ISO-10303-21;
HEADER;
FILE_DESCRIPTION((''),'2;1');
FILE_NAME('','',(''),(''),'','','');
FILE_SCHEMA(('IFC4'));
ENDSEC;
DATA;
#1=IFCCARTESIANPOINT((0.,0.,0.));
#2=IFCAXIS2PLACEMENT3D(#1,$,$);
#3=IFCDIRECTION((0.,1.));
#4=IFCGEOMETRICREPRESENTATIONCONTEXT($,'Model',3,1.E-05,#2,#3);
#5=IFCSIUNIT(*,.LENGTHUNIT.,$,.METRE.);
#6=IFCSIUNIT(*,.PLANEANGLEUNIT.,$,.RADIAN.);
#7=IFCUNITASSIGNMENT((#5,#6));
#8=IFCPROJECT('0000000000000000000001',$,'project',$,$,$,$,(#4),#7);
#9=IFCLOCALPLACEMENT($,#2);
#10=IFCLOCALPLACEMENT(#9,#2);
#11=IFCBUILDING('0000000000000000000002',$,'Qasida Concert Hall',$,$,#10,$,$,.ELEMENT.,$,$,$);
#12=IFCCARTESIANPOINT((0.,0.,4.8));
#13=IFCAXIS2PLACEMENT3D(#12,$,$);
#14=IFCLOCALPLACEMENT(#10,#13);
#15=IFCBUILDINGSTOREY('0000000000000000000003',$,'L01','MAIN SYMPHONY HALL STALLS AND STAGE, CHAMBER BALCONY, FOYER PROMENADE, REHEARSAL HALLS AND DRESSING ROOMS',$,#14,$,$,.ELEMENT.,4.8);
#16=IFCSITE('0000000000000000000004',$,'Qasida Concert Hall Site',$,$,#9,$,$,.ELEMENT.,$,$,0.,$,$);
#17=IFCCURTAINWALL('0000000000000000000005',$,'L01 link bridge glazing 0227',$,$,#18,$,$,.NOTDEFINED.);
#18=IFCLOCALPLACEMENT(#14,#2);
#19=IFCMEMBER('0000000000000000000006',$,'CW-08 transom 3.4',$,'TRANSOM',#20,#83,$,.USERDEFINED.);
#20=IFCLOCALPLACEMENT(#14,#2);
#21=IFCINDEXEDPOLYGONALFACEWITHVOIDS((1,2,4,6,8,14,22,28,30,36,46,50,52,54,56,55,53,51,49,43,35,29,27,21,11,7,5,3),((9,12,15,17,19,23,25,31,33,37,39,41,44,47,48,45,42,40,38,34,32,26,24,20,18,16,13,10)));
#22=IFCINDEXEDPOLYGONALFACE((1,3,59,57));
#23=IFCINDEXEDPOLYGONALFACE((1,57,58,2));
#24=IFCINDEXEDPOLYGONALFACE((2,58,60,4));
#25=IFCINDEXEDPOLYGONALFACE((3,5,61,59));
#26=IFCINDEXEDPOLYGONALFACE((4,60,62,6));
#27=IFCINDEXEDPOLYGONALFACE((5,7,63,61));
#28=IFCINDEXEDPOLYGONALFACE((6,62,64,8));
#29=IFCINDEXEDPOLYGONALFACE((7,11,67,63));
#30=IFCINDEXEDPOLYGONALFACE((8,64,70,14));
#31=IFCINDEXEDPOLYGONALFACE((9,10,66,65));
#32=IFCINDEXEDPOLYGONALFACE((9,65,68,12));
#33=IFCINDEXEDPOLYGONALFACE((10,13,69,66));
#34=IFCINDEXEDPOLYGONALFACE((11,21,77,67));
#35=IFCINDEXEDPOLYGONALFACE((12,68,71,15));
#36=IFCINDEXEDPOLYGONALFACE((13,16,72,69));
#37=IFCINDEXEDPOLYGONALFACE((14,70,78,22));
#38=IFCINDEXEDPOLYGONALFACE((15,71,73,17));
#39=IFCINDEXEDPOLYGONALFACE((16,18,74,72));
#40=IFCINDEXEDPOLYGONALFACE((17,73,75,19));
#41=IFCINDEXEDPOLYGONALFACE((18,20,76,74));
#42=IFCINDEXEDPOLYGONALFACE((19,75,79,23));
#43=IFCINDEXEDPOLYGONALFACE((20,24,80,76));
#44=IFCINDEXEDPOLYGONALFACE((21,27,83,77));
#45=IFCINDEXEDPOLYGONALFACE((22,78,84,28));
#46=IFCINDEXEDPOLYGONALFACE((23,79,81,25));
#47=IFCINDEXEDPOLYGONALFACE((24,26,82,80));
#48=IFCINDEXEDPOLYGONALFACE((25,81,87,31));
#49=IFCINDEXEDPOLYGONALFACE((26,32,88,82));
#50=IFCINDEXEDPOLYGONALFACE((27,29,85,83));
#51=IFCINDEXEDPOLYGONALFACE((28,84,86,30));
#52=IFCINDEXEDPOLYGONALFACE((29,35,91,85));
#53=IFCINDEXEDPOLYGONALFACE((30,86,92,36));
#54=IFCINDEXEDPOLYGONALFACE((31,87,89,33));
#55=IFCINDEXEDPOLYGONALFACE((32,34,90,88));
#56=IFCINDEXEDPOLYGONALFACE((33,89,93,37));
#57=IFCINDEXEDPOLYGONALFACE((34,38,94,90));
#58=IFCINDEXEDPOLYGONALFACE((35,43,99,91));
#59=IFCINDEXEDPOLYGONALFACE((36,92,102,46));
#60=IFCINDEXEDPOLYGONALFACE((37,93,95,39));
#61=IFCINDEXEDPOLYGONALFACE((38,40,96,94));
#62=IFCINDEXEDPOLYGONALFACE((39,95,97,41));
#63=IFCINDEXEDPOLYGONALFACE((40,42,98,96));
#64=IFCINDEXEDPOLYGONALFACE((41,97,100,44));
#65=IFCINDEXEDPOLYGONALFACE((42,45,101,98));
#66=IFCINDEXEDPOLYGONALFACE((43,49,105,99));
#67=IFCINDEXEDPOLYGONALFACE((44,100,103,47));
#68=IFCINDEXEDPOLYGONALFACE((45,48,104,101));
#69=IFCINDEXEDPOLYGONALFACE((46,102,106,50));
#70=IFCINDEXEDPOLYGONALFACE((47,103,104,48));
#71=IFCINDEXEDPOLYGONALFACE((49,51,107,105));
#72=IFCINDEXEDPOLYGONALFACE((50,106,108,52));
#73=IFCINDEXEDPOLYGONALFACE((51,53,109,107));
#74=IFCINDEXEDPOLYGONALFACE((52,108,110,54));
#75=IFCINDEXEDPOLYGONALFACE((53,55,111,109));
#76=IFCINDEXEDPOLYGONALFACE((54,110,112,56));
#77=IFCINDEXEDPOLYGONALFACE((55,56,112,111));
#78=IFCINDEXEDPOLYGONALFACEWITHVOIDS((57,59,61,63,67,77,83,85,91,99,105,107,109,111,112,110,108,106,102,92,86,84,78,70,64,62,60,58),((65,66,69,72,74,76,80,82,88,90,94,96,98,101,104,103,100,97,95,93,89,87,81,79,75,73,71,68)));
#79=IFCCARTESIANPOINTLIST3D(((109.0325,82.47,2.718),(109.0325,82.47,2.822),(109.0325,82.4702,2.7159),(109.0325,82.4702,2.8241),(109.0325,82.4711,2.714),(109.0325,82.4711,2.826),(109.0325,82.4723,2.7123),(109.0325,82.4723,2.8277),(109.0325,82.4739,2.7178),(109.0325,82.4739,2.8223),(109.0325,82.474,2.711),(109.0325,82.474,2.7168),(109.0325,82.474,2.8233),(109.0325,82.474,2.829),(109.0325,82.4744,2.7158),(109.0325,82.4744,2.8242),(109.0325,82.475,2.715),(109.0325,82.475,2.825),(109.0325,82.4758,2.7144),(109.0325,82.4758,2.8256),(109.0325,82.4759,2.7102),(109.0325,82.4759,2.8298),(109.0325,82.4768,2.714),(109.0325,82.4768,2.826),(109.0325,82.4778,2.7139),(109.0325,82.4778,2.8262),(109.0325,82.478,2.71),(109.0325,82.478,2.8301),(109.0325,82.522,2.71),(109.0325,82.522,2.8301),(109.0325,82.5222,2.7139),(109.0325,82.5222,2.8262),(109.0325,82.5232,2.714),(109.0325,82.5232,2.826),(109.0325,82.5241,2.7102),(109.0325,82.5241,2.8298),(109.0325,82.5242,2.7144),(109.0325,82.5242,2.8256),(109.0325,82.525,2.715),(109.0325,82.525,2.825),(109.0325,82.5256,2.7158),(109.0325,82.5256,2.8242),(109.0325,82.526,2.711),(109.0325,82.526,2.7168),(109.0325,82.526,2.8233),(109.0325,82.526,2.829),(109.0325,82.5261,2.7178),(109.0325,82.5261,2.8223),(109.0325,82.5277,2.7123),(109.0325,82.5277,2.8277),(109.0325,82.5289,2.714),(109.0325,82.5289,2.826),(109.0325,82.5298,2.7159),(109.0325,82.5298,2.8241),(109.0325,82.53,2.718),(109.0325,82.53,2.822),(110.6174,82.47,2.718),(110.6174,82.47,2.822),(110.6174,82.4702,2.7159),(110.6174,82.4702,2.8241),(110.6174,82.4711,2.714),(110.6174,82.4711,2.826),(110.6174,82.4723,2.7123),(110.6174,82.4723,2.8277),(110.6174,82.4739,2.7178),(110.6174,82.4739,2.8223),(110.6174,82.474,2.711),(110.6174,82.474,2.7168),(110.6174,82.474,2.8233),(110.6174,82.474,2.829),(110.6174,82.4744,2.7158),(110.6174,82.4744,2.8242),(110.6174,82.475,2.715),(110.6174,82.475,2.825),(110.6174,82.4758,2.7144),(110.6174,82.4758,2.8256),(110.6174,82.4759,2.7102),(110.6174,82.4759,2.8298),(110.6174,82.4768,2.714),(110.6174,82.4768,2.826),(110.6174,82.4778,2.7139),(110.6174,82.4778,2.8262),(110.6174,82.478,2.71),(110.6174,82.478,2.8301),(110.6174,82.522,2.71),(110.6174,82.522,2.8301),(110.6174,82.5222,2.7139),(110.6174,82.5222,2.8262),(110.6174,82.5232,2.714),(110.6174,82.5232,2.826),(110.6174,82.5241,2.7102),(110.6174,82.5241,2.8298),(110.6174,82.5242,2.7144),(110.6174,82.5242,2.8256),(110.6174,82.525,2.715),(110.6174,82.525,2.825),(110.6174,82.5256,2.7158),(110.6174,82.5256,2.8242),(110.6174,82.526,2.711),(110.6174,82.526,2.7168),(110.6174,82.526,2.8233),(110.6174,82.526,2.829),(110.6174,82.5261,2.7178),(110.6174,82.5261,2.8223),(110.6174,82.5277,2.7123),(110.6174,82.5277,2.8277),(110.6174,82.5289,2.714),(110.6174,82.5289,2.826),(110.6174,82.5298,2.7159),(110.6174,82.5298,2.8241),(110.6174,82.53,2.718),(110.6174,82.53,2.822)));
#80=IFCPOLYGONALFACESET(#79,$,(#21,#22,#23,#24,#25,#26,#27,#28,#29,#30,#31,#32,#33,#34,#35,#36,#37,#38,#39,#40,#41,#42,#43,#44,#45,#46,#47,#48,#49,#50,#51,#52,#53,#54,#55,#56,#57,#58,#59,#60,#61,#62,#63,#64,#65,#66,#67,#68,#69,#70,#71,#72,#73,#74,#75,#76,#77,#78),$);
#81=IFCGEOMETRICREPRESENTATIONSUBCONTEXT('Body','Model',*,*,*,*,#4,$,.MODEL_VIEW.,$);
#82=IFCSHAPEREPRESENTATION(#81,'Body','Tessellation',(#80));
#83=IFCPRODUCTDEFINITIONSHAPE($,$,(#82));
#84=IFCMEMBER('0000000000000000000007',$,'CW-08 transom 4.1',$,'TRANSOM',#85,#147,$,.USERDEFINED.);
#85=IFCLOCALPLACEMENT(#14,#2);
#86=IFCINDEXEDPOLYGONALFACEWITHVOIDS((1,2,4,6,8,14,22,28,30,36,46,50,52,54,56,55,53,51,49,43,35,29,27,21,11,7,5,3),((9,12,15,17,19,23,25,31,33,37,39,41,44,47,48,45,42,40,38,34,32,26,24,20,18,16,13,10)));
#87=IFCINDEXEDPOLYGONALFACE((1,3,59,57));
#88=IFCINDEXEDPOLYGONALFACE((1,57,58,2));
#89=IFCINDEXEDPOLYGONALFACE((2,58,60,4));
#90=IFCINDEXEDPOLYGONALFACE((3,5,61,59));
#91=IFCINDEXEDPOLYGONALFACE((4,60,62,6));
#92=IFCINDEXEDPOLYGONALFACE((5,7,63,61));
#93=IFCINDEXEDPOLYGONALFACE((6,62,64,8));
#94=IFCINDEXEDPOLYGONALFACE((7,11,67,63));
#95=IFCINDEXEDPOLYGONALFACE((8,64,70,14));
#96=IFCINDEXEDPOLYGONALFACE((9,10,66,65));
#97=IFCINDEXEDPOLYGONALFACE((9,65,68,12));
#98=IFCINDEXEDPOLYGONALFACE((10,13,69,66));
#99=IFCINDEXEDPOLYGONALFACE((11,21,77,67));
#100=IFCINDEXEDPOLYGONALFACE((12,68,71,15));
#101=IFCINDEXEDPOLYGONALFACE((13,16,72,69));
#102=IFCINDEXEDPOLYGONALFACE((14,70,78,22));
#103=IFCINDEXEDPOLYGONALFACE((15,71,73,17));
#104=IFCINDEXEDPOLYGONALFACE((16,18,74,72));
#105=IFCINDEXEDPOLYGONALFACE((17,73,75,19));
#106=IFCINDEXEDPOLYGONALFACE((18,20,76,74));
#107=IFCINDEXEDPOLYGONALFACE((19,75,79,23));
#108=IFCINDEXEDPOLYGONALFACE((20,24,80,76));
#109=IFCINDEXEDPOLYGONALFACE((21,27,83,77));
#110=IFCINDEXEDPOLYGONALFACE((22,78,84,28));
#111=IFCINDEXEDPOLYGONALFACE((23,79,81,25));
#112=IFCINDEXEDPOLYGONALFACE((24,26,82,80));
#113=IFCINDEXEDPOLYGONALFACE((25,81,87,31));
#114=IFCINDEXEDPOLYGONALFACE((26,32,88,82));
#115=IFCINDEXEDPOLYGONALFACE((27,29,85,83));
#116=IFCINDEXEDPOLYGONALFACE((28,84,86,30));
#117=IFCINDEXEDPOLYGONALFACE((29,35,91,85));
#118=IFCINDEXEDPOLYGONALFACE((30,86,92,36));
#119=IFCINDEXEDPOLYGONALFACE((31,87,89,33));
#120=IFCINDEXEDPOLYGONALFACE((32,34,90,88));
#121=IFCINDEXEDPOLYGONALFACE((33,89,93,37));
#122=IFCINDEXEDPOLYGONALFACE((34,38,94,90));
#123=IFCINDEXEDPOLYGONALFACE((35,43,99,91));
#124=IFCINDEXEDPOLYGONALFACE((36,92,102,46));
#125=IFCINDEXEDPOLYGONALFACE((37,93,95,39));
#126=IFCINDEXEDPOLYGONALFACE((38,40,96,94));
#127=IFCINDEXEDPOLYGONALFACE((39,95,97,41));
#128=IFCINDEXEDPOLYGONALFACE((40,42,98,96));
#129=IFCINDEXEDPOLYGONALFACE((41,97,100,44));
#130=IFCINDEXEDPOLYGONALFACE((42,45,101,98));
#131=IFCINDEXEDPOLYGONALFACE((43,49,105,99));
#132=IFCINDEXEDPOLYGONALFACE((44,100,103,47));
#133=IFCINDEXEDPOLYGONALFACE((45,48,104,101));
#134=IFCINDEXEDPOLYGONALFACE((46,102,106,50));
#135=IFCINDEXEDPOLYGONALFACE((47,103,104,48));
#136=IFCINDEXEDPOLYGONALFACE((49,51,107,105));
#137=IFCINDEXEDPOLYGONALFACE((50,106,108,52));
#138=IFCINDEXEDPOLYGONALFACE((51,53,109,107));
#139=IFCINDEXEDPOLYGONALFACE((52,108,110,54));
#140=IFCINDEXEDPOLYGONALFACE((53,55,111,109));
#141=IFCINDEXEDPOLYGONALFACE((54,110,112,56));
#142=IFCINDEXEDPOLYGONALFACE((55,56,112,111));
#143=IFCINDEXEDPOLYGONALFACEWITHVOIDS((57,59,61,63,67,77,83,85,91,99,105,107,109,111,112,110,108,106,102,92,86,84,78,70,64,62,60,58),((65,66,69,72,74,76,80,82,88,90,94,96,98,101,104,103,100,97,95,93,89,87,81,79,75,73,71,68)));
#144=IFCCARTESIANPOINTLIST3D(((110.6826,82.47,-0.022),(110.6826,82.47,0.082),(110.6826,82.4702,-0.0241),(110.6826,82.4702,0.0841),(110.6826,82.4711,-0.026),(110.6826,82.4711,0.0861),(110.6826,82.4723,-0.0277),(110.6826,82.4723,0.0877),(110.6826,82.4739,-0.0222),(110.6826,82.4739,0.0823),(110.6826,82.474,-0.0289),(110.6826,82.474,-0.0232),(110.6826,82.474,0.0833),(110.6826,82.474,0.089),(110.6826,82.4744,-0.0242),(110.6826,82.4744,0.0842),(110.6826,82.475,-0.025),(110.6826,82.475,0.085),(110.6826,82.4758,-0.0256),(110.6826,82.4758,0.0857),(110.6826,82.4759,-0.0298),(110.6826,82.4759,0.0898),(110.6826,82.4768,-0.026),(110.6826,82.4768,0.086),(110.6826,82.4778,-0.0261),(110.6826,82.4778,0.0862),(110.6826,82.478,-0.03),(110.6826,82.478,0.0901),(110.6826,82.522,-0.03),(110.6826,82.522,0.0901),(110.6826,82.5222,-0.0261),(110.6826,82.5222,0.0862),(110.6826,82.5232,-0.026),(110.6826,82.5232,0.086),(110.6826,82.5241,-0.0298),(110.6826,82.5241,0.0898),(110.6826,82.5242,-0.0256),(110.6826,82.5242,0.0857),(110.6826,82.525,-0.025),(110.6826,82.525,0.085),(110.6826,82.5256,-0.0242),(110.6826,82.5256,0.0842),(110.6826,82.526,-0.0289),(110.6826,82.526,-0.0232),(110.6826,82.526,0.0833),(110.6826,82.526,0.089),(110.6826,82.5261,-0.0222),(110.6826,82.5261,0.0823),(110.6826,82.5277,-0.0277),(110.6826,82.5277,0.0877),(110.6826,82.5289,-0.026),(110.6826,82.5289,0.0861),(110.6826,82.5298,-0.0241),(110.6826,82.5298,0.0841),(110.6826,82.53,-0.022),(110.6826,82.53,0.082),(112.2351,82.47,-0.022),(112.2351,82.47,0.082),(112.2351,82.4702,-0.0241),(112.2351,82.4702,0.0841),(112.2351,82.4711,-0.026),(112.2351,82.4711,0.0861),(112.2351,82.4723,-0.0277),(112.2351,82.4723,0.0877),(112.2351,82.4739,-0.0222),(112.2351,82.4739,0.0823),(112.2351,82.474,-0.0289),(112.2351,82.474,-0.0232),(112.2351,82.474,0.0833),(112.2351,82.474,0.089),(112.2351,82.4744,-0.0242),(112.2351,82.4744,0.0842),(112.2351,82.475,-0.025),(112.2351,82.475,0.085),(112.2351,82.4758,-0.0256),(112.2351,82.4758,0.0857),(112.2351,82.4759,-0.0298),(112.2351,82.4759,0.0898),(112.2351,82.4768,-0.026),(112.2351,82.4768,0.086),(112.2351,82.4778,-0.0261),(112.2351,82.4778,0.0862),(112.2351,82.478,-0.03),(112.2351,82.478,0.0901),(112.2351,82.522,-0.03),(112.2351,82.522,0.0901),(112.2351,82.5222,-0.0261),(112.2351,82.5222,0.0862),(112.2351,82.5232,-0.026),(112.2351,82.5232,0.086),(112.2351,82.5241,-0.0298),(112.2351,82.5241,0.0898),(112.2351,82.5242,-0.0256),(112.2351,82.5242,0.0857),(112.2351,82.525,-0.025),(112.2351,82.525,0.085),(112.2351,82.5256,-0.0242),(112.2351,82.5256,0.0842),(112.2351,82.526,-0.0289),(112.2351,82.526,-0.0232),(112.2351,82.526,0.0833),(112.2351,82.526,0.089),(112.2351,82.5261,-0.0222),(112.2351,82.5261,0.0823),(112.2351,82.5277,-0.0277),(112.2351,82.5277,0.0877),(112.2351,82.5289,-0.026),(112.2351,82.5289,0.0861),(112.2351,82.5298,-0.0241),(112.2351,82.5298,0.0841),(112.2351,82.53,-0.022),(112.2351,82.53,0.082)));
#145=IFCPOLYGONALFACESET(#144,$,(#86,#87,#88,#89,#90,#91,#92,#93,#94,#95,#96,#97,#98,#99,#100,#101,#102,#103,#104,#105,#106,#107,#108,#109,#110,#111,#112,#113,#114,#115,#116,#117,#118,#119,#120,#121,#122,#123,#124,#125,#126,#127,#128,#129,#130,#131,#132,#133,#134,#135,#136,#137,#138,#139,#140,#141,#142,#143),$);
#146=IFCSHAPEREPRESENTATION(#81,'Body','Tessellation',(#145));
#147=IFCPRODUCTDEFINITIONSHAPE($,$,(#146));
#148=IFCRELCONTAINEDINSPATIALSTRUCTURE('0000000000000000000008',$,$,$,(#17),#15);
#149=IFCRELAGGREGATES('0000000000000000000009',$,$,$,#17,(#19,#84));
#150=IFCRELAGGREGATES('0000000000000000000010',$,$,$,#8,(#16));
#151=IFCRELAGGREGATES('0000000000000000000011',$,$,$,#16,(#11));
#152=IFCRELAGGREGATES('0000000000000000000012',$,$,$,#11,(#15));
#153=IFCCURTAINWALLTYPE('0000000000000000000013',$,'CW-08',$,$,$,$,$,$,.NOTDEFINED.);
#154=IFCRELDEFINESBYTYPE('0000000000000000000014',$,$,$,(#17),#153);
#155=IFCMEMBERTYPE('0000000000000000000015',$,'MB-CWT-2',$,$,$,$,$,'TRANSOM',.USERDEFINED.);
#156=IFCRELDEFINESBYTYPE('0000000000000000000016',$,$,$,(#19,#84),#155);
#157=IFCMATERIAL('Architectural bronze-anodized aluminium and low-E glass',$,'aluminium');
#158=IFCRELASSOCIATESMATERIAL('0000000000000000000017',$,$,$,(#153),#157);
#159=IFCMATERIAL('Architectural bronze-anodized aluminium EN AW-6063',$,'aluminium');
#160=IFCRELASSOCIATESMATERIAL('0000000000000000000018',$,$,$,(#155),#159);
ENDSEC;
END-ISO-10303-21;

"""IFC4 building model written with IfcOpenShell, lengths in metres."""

from ifc_helpers import new_model, si_unit, direction, frame, origin, origin_2d, place, context, subcontext, project, spatial, hollow_rectangle, extrude, material, material_profile, profile_set, type_object, element, aggregate, save


model = new_model("IFC4")

# Units and contexts
model_context = context("Model", 3, precision=1e-05, world=origin(), true_north=direction((0.0, 1.0)))
body_context = subcontext(model_context, "Body", "Model", "MODEL_VIEW")
ifc_project = project(units=[si_unit("LENGTHUNIT", "METRE"), si_unit("PLANEANGLEUNIT", "RADIAN")], contexts=[model_context])

# Site, building, storey
site_placement = place(None, origin())
site = spatial("IfcSite", under=ifc_project, at=site_placement, Name="Qasida Concert Hall Site", CompositionType="ELEMENT", RefElevation=0.0)
building_placement = place(site_placement, origin())
building = spatial("IfcBuilding", under=site, at=building_placement, Name="Qasida Concert Hall", CompositionType="ELEMENT")
storey_placement = place(building_placement, frame((0.0, 0.0, 4.8)))
storey = spatial("IfcBuildingStorey", under=building, at=storey_placement, Name="L01", Description="MAIN SYMPHONY HALL STALLS AND STAGE, CHAMBER BALCONY, FOYER PROMENADE, REHEARSAL HALLS AND DRESSING ROOMS", CompositionType="ELEMENT", Elevation=4.8)

# Curtain wall
ifc_material_1 = material(Name="Architectural bronze-anodized aluminium and low-E glass", Category="aluminium")
curtain_wall_type = type_object("IfcCurtainWallType", Name="CW-08", PredefinedType="NOTDEFINED", material=ifc_material_1)
curtain_wall_1_placement = place(storey_placement, origin())
curtain_wall_1 = element("IfcCurtainWall", 1, at=curtain_wall_1_placement, inside=storey, type_object=curtain_wall_type, Name="L01 link bridge glazing 0227", PredefinedType="NOTDEFINED")
ifc_material_2 = material(Name="Architectural bronze-anodized aluminium EN AW-6063", Category="aluminium")

# Members
ifc_material_profile_1 = material_profile(ifc_material_2, hollow_rectangle(XDim=0.0601, YDim=0.1201, WallThickness=0.0039, InnerFilletRadius=0.0039, OuterFilletRadius=0.0081, at=origin_2d()), Name="CWT 120x60x4")
ifc_profile_set_1 = profile_set([ifc_material_profile_1], Name="Architectural bronze-anodized aluminium EN AW-6063")
member_type_1 = type_object("IfcMemberType", Name="MB-CWT-2", ElementType="TRANSOM", PredefinedType="USERDEFINED", material=ifc_profile_set_1)
member_1_placement = place(storey_placement, frame((109.0325, 82.5, 2.77), z_axis=(1.0, 0.0, 0.0), x_axis=(0.0, 1.0, 0.0)))
member_1 = element("IfcMember", 2, at=member_1_placement, type_object=member_type_1, Name="CW-08 transom 3.4", ObjectType="TRANSOM", PredefinedType="USERDEFINED", context=body_context, shape_type="SweptSolid", body=[
    extrude(hollow_rectangle(XDim=0.0601, YDim=0.1201, WallThickness=0.0039, InnerFilletRadius=0.0039, OuterFilletRadius=0.0081, at=origin_2d()), origin(), (0.0, 0.0, 1.0), 1.585),
])
member_2_placement = place(storey_placement, frame((110.6826, 82.5, 0.03), z_axis=(1.0, 0.0, 0.0), x_axis=(0.0, 1.0, 0.0)))
member_2 = element("IfcMember", 3, at=member_2_placement, type_object=member_type_1, Name="CW-08 transom 4.1", ObjectType="TRANSOM", PredefinedType="USERDEFINED", context=body_context, shape_type="SweptSolid", body=[
    extrude(hollow_rectangle(XDim=0.0601, YDim=0.1201, WallThickness=0.0039, InnerFilletRadius=0.0039, OuterFilletRadius=0.0081, at=origin_2d()), origin(), (0.0, 0.0, 1.0), 1.5525),
])

aggregate(curtain_wall_1, [member_1, member_2])

save(model, "model.ifc")
